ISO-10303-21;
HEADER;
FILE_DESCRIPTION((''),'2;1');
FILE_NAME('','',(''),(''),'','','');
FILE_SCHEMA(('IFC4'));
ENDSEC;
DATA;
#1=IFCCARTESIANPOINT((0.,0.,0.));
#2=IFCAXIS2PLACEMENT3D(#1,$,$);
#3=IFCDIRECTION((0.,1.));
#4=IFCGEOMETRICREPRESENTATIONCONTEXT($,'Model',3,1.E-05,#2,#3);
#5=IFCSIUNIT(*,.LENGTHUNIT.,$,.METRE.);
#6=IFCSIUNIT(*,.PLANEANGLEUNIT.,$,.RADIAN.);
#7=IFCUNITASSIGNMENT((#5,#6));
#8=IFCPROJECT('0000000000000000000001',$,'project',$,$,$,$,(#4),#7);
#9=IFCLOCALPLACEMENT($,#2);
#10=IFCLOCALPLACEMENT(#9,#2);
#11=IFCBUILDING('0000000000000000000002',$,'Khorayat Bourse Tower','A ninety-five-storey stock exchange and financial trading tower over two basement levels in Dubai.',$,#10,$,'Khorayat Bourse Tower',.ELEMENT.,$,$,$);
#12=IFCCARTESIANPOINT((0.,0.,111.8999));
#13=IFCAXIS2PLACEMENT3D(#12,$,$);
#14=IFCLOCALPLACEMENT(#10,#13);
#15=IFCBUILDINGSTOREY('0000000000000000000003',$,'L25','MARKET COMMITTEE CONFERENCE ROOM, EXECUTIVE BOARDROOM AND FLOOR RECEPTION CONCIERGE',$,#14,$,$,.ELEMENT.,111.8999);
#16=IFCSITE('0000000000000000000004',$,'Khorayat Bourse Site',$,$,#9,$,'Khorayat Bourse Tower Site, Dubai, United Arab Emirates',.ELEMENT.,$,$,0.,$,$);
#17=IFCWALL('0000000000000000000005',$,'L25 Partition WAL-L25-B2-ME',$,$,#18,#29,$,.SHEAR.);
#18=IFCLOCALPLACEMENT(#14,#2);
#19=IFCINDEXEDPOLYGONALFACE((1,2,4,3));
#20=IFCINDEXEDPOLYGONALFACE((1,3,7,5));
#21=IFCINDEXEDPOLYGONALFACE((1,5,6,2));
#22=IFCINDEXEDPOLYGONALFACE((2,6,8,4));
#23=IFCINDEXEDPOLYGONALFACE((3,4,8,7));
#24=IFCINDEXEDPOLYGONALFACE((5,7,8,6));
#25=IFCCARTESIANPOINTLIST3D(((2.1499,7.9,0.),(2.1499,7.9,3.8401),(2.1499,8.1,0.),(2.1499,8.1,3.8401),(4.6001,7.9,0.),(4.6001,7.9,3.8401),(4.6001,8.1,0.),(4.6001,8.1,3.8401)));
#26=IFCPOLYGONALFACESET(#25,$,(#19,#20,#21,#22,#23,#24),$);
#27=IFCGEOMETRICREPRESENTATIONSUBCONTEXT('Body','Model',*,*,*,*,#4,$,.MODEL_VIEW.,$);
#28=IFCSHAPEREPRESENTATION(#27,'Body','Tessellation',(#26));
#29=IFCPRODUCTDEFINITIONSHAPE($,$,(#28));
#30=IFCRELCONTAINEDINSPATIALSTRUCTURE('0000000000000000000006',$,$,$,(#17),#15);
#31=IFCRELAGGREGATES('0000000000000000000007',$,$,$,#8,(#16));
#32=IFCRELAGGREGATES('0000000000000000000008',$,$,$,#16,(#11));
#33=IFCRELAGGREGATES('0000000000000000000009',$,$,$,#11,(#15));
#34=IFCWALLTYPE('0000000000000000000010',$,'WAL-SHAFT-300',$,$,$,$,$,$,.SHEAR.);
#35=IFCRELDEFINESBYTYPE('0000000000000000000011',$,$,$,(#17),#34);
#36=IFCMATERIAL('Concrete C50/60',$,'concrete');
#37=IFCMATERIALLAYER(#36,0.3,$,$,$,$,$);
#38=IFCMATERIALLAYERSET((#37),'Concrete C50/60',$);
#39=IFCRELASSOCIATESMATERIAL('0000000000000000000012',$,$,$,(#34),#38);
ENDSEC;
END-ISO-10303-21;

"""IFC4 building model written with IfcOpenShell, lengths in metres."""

from ifc_helpers import new_model, si_unit, direction, frame, frame_2d, origin, place, context, subcontext, project, spatial, rectangle, extrude, source, transform, mapped, material, layer, layer_set, type_object, element, save


model = new_model("IFC4")

# Units and contexts
model_context = context("Model", 3, precision=1e-05, world=origin(), true_north=direction((0.0, 1.0)))
body_context = subcontext(model_context, "Body", "Model", "MODEL_VIEW")
ifc_project = project(units=[si_unit("LENGTHUNIT", "METRE"), si_unit("PLANEANGLEUNIT", "RADIAN")], contexts=[model_context])

# Site, building, storey
site_placement = place(None, origin())
site = spatial("IfcSite", under=ifc_project, at=site_placement, Name="Khorayat Bourse Site", LongName="Khorayat Bourse Tower Site, Dubai, United Arab Emirates", CompositionType="ELEMENT", RefElevation=0.0)
building_placement = place(site_placement, origin())
building = spatial("IfcBuilding", under=site, at=building_placement, Name="Khorayat Bourse Tower", Description="A ninety-five-storey stock exchange and financial trading tower over two basement levels in Dubai.", LongName="Khorayat Bourse Tower", CompositionType="ELEMENT")
storey_placement = place(building_placement, frame((0.0, 0.0, 111.8999)))
storey = spatial("IfcBuildingStorey", under=building, at=storey_placement, Name="L25", Description="MARKET COMMITTEE CONFERENCE ROOM, EXECUTIVE BOARDROOM AND FLOOR RECEPTION CONCIERGE", CompositionType="ELEMENT", Elevation=111.8999)

# Shared definitions
ifc_material_1 = material(Name="Concrete C50/60", Category="concrete")
ifc_layer_1 = layer(ifc_material_1, 0.3)
ifc_layer_set_1 = layer_set([ifc_layer_1], Name="Concrete C50/60")
wall_type_1 = type_object("IfcWallType", Name="WAL-SHAFT-300", PredefinedType="SHEAR", material=ifc_layer_set_1)

# Wall
shared_shape_1 = source(origin(), body_context, "Body", "SweptSolid", [
    extrude(rectangle(XDim=2.4502, YDim=0.2, at=frame_2d((1.2251, 0.0))), origin(), (0.0, 0.0, 1.0), 3.8401),
])
wall_1_placement = place(storey_placement, frame((2.1499, 8.0, 0.0), z_axis=(0.0, 0.0, 1.0), x_axis=(1.0, 0.0, 0.0)))
element("IfcWall", 1, at=wall_1_placement, inside=storey, type_object=wall_type_1, Name="L25 Partition WAL-L25-B2-ME", PredefinedType="SHEAR", context=body_context, shape_type="MappedRepresentation", body=[
    mapped(shared_shape_1, transform((0.0, 0.0, 0.0), scale=1.0)),
])

save(model, "model.ifc")
